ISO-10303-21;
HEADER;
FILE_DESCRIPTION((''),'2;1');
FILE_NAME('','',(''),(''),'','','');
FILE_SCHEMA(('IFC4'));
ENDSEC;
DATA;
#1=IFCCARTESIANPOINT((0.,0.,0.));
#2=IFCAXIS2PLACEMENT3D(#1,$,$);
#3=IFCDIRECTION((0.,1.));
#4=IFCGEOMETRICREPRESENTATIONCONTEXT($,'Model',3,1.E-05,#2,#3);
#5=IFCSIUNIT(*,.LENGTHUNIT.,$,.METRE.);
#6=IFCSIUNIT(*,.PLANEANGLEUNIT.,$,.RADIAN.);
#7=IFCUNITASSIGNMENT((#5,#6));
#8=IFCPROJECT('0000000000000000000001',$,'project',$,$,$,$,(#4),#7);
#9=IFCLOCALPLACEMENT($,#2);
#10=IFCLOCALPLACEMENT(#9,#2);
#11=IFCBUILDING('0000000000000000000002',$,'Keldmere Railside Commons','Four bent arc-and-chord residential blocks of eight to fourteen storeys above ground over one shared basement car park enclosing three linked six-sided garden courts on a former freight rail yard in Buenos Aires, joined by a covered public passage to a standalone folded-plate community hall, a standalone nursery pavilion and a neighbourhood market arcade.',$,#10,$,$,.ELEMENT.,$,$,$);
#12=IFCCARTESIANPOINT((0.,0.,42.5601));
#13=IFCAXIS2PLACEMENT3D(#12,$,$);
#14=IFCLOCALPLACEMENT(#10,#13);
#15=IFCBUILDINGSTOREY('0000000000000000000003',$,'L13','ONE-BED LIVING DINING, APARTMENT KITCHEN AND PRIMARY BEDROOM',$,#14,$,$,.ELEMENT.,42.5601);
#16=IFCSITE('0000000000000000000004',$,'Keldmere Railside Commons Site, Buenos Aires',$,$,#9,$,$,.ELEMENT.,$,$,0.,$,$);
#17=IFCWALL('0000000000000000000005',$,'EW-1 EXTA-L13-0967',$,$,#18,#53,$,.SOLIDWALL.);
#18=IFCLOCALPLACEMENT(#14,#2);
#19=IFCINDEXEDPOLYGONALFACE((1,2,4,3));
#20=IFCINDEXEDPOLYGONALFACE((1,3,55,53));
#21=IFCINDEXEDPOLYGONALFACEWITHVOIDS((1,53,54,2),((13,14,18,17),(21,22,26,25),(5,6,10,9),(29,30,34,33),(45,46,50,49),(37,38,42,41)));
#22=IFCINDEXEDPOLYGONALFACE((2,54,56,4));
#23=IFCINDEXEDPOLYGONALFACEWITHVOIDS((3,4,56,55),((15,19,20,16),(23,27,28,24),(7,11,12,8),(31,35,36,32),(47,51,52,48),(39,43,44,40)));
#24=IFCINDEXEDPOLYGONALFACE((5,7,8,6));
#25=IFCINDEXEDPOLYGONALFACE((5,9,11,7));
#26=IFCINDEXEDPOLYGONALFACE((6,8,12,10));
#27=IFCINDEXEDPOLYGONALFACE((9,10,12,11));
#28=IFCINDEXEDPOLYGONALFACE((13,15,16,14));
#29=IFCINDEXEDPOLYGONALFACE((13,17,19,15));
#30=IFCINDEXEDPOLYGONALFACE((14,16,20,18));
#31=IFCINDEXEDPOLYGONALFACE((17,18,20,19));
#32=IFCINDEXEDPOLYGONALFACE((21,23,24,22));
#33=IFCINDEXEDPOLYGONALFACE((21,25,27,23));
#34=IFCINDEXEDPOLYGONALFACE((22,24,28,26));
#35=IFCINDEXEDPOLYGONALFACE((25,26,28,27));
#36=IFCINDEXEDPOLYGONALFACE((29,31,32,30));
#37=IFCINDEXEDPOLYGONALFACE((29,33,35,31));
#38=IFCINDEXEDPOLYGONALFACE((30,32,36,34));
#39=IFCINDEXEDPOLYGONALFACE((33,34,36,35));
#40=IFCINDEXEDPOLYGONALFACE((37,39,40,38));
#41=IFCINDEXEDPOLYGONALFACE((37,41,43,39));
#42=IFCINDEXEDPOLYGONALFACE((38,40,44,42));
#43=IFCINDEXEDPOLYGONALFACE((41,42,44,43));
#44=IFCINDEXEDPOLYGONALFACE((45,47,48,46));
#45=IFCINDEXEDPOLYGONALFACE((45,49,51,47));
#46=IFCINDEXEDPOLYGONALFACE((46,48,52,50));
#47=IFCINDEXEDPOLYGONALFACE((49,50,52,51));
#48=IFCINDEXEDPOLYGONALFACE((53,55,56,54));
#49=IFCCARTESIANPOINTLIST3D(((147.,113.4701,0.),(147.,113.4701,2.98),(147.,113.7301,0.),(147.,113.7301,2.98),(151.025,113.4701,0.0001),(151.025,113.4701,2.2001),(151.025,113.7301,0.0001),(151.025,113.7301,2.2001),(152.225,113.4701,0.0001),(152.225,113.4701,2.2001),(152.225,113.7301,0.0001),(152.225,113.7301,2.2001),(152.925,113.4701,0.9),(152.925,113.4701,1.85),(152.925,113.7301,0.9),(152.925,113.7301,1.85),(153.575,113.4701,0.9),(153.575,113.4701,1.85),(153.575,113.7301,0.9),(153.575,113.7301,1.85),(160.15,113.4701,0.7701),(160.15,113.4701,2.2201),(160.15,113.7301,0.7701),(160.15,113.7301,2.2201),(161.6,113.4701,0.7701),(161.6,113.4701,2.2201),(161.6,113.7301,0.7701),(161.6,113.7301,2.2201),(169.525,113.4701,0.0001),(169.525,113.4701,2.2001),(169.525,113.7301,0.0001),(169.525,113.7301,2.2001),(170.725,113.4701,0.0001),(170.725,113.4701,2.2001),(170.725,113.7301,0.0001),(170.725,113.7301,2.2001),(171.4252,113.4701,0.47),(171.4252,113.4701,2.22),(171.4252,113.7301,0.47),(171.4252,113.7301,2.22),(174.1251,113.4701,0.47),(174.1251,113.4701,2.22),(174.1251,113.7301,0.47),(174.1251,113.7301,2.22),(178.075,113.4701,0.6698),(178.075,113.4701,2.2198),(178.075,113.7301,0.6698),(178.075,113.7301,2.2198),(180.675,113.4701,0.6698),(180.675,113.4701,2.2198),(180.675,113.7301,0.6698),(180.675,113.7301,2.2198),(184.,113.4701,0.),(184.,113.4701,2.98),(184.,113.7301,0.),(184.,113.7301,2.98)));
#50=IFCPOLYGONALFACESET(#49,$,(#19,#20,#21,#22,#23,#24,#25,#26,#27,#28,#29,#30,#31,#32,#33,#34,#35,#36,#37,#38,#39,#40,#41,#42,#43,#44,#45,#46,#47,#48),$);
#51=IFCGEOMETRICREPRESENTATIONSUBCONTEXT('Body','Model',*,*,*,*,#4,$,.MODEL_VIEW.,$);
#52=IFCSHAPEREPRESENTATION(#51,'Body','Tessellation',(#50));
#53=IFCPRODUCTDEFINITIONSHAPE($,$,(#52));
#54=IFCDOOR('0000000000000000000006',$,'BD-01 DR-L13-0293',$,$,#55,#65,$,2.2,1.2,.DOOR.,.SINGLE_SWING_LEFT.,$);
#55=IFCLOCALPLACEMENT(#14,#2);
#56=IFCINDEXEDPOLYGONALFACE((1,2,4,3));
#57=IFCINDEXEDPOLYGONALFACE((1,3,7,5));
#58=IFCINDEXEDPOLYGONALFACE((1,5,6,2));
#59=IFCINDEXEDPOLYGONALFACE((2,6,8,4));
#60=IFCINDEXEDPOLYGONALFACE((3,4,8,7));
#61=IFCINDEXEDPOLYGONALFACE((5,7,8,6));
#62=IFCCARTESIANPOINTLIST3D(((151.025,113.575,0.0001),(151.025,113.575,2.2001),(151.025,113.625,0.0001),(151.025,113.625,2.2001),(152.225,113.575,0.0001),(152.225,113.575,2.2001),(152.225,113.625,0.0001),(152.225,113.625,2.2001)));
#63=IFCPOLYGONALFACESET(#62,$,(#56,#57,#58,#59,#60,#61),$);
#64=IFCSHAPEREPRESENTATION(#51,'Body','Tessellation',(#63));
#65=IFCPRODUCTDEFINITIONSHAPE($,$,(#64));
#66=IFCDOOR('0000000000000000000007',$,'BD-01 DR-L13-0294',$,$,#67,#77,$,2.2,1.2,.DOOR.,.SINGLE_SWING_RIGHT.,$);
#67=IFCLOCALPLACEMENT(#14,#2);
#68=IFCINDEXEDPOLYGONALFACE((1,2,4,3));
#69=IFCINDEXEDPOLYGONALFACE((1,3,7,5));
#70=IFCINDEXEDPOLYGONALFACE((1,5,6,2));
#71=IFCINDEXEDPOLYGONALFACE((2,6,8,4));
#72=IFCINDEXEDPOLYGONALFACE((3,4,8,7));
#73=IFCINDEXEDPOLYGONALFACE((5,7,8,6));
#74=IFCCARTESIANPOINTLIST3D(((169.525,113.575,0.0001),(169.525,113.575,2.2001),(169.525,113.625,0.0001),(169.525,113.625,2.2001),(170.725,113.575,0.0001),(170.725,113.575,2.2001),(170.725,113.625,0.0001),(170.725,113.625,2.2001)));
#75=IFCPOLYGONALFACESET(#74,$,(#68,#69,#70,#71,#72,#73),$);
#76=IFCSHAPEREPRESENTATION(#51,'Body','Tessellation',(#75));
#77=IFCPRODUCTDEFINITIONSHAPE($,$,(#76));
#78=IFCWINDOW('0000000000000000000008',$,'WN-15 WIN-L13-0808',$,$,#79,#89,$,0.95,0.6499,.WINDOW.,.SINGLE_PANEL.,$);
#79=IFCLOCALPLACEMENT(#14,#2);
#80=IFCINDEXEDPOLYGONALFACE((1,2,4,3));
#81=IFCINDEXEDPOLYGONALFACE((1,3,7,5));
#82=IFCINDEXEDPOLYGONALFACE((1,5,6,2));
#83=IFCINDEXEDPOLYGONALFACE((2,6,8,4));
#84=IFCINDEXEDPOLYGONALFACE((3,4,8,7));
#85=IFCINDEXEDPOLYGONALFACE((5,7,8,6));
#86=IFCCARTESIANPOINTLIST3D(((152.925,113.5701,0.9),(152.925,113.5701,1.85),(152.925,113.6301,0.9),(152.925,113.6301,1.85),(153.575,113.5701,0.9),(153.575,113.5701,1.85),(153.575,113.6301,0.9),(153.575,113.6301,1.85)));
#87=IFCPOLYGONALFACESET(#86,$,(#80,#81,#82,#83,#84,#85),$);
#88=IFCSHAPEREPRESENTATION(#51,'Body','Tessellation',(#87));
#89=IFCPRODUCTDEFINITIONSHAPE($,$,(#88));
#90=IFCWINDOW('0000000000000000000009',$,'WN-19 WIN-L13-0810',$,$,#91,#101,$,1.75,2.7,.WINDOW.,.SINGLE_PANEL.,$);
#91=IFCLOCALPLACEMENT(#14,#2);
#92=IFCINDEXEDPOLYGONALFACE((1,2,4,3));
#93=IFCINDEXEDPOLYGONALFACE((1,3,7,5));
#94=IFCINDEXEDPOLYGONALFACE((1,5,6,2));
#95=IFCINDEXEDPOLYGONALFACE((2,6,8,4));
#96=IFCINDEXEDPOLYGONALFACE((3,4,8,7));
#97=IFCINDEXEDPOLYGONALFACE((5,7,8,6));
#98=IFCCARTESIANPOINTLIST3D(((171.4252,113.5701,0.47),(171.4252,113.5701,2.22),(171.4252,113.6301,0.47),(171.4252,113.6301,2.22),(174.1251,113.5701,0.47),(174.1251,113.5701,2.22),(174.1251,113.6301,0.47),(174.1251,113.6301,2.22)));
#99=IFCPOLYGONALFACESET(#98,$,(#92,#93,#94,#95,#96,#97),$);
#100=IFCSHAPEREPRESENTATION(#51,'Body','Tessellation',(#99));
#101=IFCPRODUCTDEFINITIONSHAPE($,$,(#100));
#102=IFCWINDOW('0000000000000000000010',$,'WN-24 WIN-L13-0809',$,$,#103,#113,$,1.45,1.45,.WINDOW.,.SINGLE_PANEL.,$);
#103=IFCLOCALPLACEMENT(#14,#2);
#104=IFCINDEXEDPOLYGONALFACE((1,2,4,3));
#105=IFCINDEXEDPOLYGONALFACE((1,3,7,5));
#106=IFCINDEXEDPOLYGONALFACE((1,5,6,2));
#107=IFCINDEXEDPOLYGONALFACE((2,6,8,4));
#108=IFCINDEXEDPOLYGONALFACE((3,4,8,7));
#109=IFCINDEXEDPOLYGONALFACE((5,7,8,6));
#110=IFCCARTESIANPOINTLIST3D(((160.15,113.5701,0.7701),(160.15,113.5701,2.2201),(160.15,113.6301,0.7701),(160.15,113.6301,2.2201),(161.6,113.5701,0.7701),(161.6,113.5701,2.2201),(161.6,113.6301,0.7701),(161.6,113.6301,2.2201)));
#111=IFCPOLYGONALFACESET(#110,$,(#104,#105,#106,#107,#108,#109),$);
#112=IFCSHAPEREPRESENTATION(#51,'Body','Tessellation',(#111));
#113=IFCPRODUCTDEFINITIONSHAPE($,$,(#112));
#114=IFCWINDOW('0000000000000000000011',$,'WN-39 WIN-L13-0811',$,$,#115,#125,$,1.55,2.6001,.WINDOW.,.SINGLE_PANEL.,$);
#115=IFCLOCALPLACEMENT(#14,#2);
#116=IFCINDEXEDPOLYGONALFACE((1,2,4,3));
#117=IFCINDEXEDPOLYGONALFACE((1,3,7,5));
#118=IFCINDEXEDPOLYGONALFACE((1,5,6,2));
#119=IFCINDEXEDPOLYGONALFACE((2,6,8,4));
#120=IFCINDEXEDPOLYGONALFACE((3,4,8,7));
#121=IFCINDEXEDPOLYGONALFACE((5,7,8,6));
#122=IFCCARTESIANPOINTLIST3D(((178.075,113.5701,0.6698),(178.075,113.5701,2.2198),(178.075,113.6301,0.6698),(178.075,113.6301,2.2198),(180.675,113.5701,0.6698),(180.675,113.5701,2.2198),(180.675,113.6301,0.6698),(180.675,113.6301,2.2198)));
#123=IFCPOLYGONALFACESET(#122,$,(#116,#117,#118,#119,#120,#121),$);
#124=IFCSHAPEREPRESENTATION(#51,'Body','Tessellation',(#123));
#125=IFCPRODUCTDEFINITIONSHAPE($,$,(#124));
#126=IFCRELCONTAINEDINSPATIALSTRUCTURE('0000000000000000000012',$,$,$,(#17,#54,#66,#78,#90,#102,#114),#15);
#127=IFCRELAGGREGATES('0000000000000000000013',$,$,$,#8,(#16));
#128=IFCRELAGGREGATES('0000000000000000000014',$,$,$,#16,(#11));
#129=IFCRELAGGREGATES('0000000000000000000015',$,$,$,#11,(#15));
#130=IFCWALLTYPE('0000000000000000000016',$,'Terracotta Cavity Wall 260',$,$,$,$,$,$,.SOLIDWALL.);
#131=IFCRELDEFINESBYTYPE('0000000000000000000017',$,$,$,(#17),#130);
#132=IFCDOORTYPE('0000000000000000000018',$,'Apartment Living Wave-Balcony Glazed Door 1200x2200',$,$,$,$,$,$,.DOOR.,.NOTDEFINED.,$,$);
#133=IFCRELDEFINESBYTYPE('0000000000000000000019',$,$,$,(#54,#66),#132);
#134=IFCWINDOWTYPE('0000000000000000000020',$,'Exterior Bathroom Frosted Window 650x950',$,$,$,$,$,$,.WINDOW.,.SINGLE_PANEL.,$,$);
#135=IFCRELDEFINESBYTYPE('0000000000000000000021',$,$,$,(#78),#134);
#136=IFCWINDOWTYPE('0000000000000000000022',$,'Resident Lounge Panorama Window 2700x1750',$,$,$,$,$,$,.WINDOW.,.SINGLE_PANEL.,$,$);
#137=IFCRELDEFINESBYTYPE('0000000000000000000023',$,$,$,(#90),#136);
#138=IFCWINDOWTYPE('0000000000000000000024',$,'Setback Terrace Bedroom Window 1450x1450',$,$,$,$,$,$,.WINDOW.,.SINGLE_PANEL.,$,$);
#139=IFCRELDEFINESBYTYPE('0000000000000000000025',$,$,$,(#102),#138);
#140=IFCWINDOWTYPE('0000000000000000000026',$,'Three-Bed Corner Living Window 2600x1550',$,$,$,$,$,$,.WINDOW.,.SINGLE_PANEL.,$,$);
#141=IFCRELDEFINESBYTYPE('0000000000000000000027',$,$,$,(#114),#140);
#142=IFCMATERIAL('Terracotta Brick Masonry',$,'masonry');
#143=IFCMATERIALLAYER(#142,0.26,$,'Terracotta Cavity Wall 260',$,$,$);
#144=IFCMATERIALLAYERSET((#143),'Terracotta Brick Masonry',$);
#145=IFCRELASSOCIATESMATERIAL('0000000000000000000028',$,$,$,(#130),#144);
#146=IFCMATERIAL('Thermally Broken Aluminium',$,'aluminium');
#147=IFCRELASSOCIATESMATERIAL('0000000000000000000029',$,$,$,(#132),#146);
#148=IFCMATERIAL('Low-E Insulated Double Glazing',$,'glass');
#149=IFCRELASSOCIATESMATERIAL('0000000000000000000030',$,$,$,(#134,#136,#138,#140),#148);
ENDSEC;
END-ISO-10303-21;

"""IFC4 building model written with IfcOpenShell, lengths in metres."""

from ifc_helpers import new_model, si_unit, direction, frame, frame_2d, origin, place, context, subcontext, project, spatial, rectangle, extrude, material, layer, layer_set, type_object, element, fill, save


model = new_model("IFC4")

# Units and contexts
model_context = context("Model", 3, precision=1e-05, world=origin(), true_north=direction((0.0, 1.0)))
body_context = subcontext(model_context, "Body", "Model", "MODEL_VIEW")
ifc_project = project(units=[si_unit("LENGTHUNIT", "METRE"), si_unit("PLANEANGLEUNIT", "RADIAN")], contexts=[model_context])

# Site, building, storey
site_placement = place(None, origin())
site = spatial("IfcSite", under=ifc_project, at=site_placement, Name="Keldmere Railside Commons Site, Buenos Aires", CompositionType="ELEMENT", RefElevation=0.0)
building_placement = place(site_placement, origin())
building = spatial("IfcBuilding", under=site, at=building_placement, Name="Keldmere Railside Commons", Description="Four bent arc-and-chord residential blocks of eight to fourteen storeys above ground over one shared basement car park enclosing three linked six-sided garden courts on a former freight rail yard in Buenos Aires, joined by a covered public passage to a standalone folded-plate community hall, a standalone nursery pavilion and a neighbourhood market arcade.", CompositionType="ELEMENT")
storey_placement = place(building_placement, frame((0.0, 0.0, 42.5601)))
storey = spatial("IfcBuildingStorey", under=building, at=storey_placement, Name="L13", Description="ONE-BED LIVING DINING, APARTMENT KITCHEN AND PRIMARY BEDROOM", CompositionType="ELEMENT", Elevation=42.5601)

# Wall, openings, doors, windows
ifc_material_1 = material(Name="Terracotta Brick Masonry", Category="masonry")
ifc_layer_1 = layer(ifc_material_1, 0.26, Name="Terracotta Cavity Wall 260")
ifc_layer_set_1 = layer_set([ifc_layer_1], Name="Terracotta Brick Masonry")
wall_type_1 = type_object("IfcWallType", Name="Terracotta Cavity Wall 260", PredefinedType="SOLIDWALL", material=ifc_layer_set_1)
wall_1_placement = place(storey_placement, frame((147.0, 113.6001, 0.0), z_axis=(0.0, 0.0, 1.0), x_axis=(1.0, 0.0, 0.0)))
wall_1 = element("IfcWall", 1, at=wall_1_placement, inside=storey, type_object=wall_type_1, Name="EW-1 EXTA-L13-0967", PredefinedType="SOLIDWALL", context=body_context, shape_type="SweptSolid", body=[
    extrude(rectangle(XDim=37.0, YDim=0.26, at=frame_2d((18.5, 0.0))), origin(), (0.0, 0.0, 1.0), 2.98),
])
opening_1_placement = place(wall_1_placement, frame((4.0249, 0.0, 0.0)))
opening_1 = element("IfcOpeningElement", 2, at=opening_1_placement, cuts=wall_1, PredefinedType="OPENING", context=body_context, shape_type="SweptSolid", body=[
    extrude(rectangle(XDim=1.2, YDim=2.2, at=frame_2d((0.6001, 1.1001))), frame((0.0, 0.1399, 0.0), z_axis=(0.0, -1.0, 0.0), x_axis=(1.0, 0.0, 0.0)), (0.0, 0.0, 1.0), 0.28),
])
opening_2_placement = place(wall_1_placement, frame((5.925, 0.0, 0.8999)))
opening_2 = element("IfcOpeningElement", 3, at=opening_2_placement, cuts=wall_1, PredefinedType="OPENING", context=body_context, shape_type="SweptSolid", body=[
    extrude(rectangle(XDim=0.6499, YDim=0.95, at=frame_2d((0.325, 0.4751))), frame((0.0, 0.1399, 0.0), z_axis=(0.0, -1.0, 0.0), x_axis=(1.0, 0.0, 0.0)), (0.0, 0.0, 1.0), 0.28),
])
opening_3_placement = place(wall_1_placement, frame((13.1499, 0.0, 0.77)))
opening_3 = element("IfcOpeningElement", 4, at=opening_3_placement, cuts=wall_1, PredefinedType="OPENING", context=body_context, shape_type="SweptSolid", body=[
    extrude(rectangle(XDim=1.45, YDim=1.45, at=frame_2d((0.7251, 0.7251))), frame((0.0, 0.1399, 0.0), z_axis=(0.0, -1.0, 0.0), x_axis=(1.0, 0.0, 0.0)), (0.0, 0.0, 1.0), 0.28),
])
opening_4_placement = place(wall_1_placement, frame((22.5249, 0.0, 0.0)))
opening_4 = element("IfcOpeningElement", 5, at=opening_4_placement, cuts=wall_1, PredefinedType="OPENING", context=body_context, shape_type="SweptSolid", body=[
    extrude(rectangle(XDim=1.2, YDim=2.2, at=frame_2d((0.6001, 1.1001))), frame((0.0, 0.1399, 0.0), z_axis=(0.0, -1.0, 0.0), x_axis=(1.0, 0.0, 0.0)), (0.0, 0.0, 1.0), 0.28),
])
opening_5_placement = place(wall_1_placement, frame((24.425, 0.0, 0.47)))
opening_5 = element("IfcOpeningElement", 6, at=opening_5_placement, cuts=wall_1, PredefinedType="OPENING", context=body_context, shape_type="SweptSolid", body=[
    extrude(rectangle(XDim=2.7, YDim=1.75, at=frame_2d((1.3501, 0.875))), frame((0.0, 0.1399, 0.0), z_axis=(0.0, -1.0, 0.0), x_axis=(1.0, 0.0, 0.0)), (0.0, 0.0, 1.0), 0.28),
])
opening_6_placement = place(wall_1_placement, frame((31.075, 0.0, 0.6699)))
opening_6 = element("IfcOpeningElement", 7, at=opening_6_placement, cuts=wall_1, PredefinedType="OPENING", context=body_context, shape_type="SweptSolid", body=[
    extrude(rectangle(XDim=2.6001, YDim=1.55, at=frame_2d((1.3, 0.7749))), frame((0.0, 0.1399, 0.0), z_axis=(0.0, -1.0, 0.0), x_axis=(1.0, 0.0, 0.0)), (0.0, 0.0, 1.0), 0.28),
])
ifc_material_2 = material(Name="Thermally Broken Aluminium", Category="aluminium")
door_type_1 = type_object("IfcDoorType", Name="Apartment Living Wave-Balcony Glazed Door 1200x2200", OperationType="NOTDEFINED", PredefinedType="DOOR", material=ifc_material_2)
door_1_placement = place(opening_1_placement, origin())
door_1 = element("IfcDoor", 8, at=door_1_placement, inside=storey, type_object=door_type_1, Name="BD-01 DR-L13-0293", OperationType="SINGLE_SWING_LEFT", OverallHeight=2.2, OverallWidth=1.2, PredefinedType="DOOR", context=body_context, shape_type="SweptSolid", body=[
    extrude(rectangle(XDim=1.2, YDim=2.2, at=frame_2d((0.6001, 1.1001))), frame((0.0, 0.0249, 0.0), z_axis=(0.0, -1.0, 0.0), x_axis=(1.0, 0.0, 0.0)), (0.0, 0.0, 1.0), 0.05),
])
fill(opening_1, door_1)
door_2_placement = place(opening_4_placement, origin())
door_2 = element("IfcDoor", 9, at=door_2_placement, inside=storey, type_object=door_type_1, Name="BD-01 DR-L13-0294", OperationType="SINGLE_SWING_RIGHT", OverallHeight=2.2, OverallWidth=1.2, PredefinedType="DOOR", context=body_context, shape_type="SweptSolid", body=[
    extrude(rectangle(XDim=1.2, YDim=2.2, at=frame_2d((0.6001, 1.1001))), frame((0.0, 0.0249, 0.0), z_axis=(0.0, -1.0, 0.0), x_axis=(1.0, 0.0, 0.0)), (0.0, 0.0, 1.0), 0.05),
])
fill(opening_4, door_2)
ifc_material_3 = material(Name="Low-E Insulated Double Glazing", Category="glass")
window_type_1 = type_object("IfcWindowType", Name="Exterior Bathroom Frosted Window 650x950", PartitioningType="SINGLE_PANEL", PredefinedType="WINDOW", material=ifc_material_3)
window_1_placement = place(opening_2_placement, origin())
window_1 = element("IfcWindow", 10, at=window_1_placement, inside=storey, type_object=window_type_1, Name="WN-15 WIN-L13-0808", OverallHeight=0.95, OverallWidth=0.6499, PartitioningType="SINGLE_PANEL", PredefinedType="WINDOW", context=body_context, shape_type="SweptSolid", body=[
    extrude(rectangle(XDim=0.6499, YDim=0.95, at=frame_2d((0.325, 0.4751))), frame((0.0, 0.03, 0.0), z_axis=(0.0, -1.0, 0.0), x_axis=(1.0, 0.0, 0.0)), (0.0, 0.0, 1.0), 0.0601),
])
fill(opening_2, window_1)
window_type_2 = type_object("IfcWindowType", Name="Resident Lounge Panorama Window 2700x1750", PartitioningType="SINGLE_PANEL", PredefinedType="WINDOW", material=ifc_material_3)
window_2_placement = place(opening_5_placement, origin())
window_2 = element("IfcWindow", 11, at=window_2_placement, inside=storey, type_object=window_type_2, Name="WN-19 WIN-L13-0810", OverallHeight=1.75, OverallWidth=2.7, PartitioningType="SINGLE_PANEL", PredefinedType="WINDOW", context=body_context, shape_type="SweptSolid", body=[
    extrude(rectangle(XDim=2.7, YDim=1.75, at=frame_2d((1.3501, 0.875))), frame((0.0, 0.03, 0.0), z_axis=(0.0, -1.0, 0.0), x_axis=(1.0, 0.0, 0.0)), (0.0, 0.0, 1.0), 0.0601),
])
fill(opening_5, window_2)
window_type_3 = type_object("IfcWindowType", Name="Setback Terrace Bedroom Window 1450x1450", PartitioningType="SINGLE_PANEL", PredefinedType="WINDOW", material=ifc_material_3)
window_3_placement = place(opening_3_placement, origin())
window_3 = element("IfcWindow", 12, at=window_3_placement, inside=storey, type_object=window_type_3, Name="WN-24 WIN-L13-0809", OverallHeight=1.45, OverallWidth=1.45, PartitioningType="SINGLE_PANEL", PredefinedType="WINDOW", context=body_context, shape_type="SweptSolid", body=[
    extrude(rectangle(XDim=1.45, YDim=1.45, at=frame_2d((0.7251, 0.7251))), frame((0.0, 0.03, 0.0), z_axis=(0.0, -1.0, 0.0), x_axis=(1.0, 0.0, 0.0)), (0.0, 0.0, 1.0), 0.0601),
])
fill(opening_3, window_3)
window_type_4 = type_object("IfcWindowType", Name="Three-Bed Corner Living Window 2600x1550", PartitioningType="SINGLE_PANEL", PredefinedType="WINDOW", material=ifc_material_3)
window_4_placement = place(opening_6_placement, origin())
window_4 = element("IfcWindow", 13, at=window_4_placement, inside=storey, type_object=window_type_4, Name="WN-39 WIN-L13-0811", OverallHeight=1.55, OverallWidth=2.6001, PartitioningType="SINGLE_PANEL", PredefinedType="WINDOW", context=body_context, shape_type="SweptSolid", body=[
    extrude(rectangle(XDim=2.6001, YDim=1.55, at=frame_2d((1.3, 0.7749))), frame((0.0, 0.03, 0.0), z_axis=(0.0, -1.0, 0.0), x_axis=(1.0, 0.0, 0.0)), (0.0, 0.0, 1.0), 0.0601),
])
fill(opening_6, window_4)

save(model, "model.ifc")
